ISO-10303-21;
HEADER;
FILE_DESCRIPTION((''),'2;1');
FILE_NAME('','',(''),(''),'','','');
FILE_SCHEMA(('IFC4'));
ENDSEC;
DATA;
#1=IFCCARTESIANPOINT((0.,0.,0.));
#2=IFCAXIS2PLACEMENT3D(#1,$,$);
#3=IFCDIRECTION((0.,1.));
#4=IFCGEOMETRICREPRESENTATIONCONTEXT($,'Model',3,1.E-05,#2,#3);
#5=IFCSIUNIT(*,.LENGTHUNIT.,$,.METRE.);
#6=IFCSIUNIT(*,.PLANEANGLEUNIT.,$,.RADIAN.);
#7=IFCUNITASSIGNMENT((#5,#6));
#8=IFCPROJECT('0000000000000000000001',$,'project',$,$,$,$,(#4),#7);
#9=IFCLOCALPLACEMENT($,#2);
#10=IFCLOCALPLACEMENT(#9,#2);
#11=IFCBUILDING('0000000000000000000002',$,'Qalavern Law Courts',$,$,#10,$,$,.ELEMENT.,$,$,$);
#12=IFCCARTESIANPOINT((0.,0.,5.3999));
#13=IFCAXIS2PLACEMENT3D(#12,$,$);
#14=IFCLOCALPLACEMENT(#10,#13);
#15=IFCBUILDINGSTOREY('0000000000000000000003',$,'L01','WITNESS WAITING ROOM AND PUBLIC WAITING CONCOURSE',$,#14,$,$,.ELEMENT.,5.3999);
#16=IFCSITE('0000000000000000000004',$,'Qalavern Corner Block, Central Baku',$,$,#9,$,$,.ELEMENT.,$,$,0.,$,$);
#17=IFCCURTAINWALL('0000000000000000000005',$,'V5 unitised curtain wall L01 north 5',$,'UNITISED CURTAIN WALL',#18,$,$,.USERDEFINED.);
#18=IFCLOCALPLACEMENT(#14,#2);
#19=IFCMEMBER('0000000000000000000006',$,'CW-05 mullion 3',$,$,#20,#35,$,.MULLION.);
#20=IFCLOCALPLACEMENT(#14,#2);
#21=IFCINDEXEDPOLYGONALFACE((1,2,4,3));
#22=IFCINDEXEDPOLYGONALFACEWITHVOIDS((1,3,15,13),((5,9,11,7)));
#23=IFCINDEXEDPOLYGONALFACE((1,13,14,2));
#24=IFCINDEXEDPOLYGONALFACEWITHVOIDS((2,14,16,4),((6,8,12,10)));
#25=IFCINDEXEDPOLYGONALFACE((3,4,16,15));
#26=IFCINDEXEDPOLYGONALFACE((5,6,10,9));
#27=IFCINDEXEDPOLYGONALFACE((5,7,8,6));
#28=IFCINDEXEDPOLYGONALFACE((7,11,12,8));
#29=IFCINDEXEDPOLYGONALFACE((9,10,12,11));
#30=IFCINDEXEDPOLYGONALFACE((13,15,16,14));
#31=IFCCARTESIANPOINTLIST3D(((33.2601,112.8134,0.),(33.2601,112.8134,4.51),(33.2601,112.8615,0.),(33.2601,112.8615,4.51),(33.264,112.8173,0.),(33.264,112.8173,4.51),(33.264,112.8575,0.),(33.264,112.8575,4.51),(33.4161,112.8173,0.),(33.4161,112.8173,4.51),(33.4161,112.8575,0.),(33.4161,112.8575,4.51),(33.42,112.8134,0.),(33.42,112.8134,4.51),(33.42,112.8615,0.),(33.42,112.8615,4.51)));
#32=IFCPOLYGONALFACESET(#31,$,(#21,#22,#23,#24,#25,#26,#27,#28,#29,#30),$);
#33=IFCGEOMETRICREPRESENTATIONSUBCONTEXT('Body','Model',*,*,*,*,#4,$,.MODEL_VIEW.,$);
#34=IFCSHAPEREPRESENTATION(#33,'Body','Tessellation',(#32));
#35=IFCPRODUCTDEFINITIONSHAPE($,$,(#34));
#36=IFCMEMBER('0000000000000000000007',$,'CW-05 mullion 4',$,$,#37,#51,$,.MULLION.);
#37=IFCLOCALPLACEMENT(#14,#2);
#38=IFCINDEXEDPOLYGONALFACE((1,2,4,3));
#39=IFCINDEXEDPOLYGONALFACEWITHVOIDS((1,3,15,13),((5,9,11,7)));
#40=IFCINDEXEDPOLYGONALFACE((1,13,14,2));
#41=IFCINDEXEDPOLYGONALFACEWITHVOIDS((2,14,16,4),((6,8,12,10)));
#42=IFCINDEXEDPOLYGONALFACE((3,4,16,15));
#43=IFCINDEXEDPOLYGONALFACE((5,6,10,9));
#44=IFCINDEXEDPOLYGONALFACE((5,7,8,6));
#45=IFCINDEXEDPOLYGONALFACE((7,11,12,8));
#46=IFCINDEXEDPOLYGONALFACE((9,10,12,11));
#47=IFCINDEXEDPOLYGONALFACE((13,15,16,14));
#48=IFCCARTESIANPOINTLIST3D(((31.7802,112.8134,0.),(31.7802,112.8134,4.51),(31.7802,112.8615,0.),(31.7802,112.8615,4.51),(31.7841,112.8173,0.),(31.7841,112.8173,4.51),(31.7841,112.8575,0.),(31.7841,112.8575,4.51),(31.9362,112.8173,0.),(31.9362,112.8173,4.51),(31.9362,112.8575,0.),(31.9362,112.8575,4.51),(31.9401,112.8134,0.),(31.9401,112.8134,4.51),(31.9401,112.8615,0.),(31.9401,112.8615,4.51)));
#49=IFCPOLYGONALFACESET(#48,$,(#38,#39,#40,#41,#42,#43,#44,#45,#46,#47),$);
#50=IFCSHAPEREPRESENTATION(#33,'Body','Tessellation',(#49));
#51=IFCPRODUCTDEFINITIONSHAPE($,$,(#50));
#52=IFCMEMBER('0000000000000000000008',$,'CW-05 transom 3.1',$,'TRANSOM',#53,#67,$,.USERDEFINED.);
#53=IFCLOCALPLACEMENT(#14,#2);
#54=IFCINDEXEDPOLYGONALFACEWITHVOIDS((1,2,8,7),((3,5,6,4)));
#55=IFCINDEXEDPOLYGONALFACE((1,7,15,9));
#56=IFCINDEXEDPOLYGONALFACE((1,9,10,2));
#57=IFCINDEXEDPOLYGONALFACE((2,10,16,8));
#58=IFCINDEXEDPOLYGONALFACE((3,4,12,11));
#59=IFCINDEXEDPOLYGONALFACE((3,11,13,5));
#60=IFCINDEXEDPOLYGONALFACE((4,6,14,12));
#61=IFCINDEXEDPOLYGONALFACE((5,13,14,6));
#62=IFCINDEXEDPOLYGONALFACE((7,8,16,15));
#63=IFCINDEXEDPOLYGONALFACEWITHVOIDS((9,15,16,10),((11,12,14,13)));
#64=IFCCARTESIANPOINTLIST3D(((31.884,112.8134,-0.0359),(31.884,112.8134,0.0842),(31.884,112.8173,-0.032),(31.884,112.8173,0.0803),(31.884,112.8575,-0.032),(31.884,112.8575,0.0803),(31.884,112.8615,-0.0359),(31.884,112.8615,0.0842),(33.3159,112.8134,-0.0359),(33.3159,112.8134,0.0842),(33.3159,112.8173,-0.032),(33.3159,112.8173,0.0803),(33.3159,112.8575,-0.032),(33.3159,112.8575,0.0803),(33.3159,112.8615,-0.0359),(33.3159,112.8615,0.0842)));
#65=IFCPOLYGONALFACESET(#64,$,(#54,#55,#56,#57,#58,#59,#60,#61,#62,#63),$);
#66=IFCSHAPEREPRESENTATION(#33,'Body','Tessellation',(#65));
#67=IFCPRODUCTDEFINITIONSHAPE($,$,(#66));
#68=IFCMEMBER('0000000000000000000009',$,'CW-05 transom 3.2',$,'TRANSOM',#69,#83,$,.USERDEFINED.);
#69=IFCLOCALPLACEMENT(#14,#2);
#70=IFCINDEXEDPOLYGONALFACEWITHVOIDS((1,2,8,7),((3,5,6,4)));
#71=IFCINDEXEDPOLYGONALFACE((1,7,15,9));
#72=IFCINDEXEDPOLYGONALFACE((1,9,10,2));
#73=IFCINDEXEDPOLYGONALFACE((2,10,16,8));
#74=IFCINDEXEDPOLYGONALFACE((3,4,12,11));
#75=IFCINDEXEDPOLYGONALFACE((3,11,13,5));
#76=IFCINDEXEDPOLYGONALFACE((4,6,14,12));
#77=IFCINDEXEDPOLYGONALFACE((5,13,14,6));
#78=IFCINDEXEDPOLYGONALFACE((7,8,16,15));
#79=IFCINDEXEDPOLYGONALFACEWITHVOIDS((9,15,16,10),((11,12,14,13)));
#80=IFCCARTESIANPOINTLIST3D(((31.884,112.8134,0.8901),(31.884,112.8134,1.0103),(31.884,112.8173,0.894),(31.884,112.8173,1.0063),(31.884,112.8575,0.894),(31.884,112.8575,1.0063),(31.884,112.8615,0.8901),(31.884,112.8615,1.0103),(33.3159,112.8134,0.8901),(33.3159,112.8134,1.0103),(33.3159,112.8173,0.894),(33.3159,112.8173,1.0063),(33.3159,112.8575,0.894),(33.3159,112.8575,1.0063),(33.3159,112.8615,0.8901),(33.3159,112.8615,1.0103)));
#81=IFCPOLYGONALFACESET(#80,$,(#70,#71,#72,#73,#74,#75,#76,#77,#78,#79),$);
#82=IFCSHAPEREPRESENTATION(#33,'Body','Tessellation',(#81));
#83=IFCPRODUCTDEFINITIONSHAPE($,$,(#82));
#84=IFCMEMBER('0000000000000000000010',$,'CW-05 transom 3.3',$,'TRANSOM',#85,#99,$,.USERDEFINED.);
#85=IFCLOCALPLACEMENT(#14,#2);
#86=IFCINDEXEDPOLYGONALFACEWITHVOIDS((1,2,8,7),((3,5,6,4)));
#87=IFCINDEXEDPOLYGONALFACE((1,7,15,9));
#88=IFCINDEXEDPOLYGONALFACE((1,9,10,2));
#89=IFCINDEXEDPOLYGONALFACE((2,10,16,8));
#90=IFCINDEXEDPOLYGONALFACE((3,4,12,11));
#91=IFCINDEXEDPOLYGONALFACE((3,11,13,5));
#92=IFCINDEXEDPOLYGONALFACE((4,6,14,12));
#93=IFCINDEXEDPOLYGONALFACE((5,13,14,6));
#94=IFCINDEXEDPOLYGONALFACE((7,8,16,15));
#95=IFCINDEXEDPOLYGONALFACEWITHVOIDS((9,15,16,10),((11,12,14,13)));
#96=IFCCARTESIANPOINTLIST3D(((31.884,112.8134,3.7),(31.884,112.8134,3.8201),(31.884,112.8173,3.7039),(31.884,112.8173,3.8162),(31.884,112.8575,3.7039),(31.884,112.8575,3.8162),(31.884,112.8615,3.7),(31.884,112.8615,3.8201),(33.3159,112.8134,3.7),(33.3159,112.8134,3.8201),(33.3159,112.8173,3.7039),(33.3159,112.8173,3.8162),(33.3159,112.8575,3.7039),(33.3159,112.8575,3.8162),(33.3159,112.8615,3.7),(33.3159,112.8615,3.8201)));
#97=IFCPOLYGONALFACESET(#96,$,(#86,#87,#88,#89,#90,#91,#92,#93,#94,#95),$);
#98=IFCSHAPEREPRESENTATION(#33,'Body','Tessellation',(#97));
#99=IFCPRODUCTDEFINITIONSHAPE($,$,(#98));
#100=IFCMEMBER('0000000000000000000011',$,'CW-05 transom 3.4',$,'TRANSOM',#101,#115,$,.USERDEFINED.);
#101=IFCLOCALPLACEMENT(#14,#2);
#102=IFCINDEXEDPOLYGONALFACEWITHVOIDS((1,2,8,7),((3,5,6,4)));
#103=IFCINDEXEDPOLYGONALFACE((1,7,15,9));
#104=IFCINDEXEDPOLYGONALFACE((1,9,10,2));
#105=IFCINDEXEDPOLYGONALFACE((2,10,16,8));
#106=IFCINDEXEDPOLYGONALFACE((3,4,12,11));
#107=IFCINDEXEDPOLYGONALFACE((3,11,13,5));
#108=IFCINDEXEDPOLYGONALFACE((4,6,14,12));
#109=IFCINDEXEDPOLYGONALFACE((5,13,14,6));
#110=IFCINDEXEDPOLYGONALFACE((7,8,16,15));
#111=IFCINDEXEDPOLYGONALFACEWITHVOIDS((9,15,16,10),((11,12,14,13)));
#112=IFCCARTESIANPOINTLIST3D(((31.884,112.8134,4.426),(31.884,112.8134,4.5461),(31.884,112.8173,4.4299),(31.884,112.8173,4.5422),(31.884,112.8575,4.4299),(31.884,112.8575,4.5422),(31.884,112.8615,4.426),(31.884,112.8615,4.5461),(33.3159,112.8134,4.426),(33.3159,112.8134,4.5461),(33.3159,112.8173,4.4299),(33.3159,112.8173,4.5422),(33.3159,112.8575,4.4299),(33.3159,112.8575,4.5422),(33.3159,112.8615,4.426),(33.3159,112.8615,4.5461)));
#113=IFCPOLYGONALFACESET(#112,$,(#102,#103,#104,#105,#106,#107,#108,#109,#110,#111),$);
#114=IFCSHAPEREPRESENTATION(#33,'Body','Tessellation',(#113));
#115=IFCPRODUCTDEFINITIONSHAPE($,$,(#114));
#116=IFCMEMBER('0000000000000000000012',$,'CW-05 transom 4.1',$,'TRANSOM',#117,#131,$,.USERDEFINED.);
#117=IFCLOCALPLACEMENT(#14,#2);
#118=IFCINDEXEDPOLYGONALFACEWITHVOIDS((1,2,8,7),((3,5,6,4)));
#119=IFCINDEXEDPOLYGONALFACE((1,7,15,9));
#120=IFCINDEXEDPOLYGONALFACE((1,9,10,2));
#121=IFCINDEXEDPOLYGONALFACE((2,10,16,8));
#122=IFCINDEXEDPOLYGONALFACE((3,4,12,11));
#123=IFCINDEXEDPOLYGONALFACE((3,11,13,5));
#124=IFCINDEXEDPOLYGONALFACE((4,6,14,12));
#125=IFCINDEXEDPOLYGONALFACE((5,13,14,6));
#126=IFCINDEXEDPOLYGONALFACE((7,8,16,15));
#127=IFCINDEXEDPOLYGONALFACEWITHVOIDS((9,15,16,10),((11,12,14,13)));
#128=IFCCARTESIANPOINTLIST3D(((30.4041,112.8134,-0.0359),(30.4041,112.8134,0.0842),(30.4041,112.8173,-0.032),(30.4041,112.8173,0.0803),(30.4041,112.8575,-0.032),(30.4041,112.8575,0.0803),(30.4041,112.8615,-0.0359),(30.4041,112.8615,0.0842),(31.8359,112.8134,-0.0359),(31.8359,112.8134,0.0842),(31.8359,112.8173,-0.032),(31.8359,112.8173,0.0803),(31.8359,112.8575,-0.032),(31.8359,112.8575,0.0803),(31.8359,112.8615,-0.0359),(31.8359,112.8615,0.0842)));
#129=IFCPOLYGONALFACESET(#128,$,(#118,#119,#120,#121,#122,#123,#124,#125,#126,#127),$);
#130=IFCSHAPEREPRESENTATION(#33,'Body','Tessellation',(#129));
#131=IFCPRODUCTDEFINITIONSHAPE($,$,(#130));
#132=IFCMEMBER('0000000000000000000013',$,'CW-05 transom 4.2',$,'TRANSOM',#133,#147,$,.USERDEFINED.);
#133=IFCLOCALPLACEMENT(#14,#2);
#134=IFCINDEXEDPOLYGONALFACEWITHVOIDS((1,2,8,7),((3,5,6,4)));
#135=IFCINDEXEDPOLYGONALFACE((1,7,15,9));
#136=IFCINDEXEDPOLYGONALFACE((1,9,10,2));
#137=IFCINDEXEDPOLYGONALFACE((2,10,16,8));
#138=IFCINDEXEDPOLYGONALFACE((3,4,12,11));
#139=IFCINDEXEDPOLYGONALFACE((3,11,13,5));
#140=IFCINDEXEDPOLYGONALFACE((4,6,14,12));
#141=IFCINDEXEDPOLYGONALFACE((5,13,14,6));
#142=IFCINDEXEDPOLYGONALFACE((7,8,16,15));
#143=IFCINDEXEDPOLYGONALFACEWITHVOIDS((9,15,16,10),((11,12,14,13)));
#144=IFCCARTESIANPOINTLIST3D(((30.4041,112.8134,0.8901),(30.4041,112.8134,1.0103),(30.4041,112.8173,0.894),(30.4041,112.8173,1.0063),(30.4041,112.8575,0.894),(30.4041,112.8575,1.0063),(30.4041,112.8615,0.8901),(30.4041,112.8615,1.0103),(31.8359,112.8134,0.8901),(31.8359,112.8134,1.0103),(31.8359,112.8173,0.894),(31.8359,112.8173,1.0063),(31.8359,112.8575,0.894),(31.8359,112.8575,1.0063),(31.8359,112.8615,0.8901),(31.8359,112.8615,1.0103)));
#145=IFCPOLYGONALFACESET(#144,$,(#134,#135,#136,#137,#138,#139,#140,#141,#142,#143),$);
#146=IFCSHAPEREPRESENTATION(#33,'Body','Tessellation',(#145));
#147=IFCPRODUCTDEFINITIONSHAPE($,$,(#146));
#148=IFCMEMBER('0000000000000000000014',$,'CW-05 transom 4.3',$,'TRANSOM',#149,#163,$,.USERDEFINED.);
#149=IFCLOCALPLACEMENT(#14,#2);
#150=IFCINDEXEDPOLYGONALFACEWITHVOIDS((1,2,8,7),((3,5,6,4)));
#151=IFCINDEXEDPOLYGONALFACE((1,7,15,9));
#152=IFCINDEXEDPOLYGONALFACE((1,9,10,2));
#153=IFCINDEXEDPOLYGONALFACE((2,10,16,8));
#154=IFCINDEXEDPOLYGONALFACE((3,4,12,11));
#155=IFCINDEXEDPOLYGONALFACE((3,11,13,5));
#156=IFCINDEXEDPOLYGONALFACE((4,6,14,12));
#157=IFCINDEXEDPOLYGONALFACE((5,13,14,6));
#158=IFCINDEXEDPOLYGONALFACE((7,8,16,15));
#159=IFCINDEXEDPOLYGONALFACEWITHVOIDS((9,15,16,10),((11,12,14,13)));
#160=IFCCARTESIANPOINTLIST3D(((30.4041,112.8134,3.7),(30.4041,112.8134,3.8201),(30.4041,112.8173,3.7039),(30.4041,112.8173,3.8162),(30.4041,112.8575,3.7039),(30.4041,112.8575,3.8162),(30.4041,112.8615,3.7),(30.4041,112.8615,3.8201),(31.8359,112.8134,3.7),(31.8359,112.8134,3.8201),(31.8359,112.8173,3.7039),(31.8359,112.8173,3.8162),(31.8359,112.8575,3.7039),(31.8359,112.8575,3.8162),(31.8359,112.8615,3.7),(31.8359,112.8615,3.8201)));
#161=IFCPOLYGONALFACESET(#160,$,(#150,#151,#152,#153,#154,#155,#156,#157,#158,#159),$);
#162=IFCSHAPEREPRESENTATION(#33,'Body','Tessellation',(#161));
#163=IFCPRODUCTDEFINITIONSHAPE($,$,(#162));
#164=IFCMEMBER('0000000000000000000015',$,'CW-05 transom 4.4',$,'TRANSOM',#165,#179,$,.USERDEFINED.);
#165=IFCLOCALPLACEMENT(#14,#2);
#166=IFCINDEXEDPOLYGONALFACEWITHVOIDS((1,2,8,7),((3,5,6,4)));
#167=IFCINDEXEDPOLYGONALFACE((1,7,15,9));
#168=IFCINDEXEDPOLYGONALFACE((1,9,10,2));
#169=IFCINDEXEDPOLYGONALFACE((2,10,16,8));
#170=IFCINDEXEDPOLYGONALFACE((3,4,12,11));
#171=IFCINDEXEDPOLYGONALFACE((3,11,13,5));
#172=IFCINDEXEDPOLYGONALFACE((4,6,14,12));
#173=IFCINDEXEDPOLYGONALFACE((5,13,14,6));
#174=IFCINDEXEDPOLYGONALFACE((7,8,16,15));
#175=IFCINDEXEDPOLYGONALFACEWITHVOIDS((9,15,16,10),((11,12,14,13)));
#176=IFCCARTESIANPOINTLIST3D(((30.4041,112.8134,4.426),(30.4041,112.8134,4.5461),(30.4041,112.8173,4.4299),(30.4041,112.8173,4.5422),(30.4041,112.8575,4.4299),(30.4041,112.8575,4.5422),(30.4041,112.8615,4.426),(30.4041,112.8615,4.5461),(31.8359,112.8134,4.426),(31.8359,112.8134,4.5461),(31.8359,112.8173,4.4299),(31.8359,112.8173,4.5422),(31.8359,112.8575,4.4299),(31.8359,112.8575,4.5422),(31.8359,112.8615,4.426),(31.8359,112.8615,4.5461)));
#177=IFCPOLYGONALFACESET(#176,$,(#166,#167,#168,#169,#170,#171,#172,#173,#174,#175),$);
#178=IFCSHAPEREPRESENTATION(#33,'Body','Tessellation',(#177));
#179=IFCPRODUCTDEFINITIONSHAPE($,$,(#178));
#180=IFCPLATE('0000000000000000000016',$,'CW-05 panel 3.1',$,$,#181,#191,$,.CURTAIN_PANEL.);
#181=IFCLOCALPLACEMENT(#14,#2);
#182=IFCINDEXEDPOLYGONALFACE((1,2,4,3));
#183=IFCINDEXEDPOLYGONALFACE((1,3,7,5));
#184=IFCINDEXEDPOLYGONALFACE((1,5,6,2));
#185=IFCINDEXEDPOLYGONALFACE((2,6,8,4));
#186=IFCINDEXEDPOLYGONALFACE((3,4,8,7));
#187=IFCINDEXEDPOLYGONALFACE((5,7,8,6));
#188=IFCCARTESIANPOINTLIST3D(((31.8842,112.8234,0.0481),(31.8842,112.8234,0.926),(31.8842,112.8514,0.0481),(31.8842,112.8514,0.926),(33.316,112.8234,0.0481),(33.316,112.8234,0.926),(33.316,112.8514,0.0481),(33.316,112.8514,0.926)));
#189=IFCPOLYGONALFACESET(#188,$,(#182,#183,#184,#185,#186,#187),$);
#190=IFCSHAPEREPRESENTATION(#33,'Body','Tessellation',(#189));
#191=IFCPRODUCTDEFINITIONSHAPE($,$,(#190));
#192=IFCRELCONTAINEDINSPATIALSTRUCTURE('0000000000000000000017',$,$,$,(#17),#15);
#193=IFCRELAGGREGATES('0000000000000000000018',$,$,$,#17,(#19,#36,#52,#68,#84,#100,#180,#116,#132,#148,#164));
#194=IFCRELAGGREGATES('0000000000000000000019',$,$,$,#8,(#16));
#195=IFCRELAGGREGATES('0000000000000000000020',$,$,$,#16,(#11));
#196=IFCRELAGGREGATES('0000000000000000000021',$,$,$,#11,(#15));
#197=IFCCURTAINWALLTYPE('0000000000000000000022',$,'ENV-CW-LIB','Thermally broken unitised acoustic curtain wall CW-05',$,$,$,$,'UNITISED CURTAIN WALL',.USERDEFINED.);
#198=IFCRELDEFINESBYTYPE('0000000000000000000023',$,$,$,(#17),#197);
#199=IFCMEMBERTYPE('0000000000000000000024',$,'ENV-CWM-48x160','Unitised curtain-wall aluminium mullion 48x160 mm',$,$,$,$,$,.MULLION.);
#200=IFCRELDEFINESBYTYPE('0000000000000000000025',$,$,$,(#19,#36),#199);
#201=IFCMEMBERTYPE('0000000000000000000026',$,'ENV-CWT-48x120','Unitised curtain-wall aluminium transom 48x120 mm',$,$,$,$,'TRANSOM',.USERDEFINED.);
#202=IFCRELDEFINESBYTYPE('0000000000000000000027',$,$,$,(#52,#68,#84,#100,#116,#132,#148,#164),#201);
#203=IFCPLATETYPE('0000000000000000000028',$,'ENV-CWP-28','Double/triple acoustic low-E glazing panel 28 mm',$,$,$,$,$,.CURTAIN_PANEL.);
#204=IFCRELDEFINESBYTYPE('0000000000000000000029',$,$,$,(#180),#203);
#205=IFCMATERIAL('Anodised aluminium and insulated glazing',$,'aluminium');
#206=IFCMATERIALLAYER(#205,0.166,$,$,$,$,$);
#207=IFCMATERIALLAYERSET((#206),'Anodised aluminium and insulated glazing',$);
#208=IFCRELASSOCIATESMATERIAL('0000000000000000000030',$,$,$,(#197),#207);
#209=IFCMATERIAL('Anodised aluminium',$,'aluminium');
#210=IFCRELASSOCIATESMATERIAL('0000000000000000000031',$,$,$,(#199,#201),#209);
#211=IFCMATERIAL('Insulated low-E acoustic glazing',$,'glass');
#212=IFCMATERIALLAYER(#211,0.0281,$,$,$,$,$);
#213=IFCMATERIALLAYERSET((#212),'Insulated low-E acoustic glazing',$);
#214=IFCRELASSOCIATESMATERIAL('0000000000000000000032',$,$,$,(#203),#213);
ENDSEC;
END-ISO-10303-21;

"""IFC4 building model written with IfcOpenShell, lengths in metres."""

from ifc_helpers import new_model, si_unit, direction, frame, origin, origin_2d, place, context, subcontext, project, spatial, rectangle, hollow_rectangle, extrude, material, layer, layer_set, material_profile, profile_set, type_object, element, aggregate, save


model = new_model("IFC4")

# Units and contexts
model_context = context("Model", 3, precision=1e-05, world=origin(), true_north=direction((0.0, 1.0)))
body_context = subcontext(model_context, "Body", "Model", "MODEL_VIEW")
ifc_project = project(units=[si_unit("LENGTHUNIT", "METRE"), si_unit("PLANEANGLEUNIT", "RADIAN")], contexts=[model_context])

# Site, building, storey
site_placement = place(None, origin())
site = spatial("IfcSite", under=ifc_project, at=site_placement, Name="Qalavern Corner Block, Central Baku", CompositionType="ELEMENT", RefElevation=0.0)
building_placement = place(site_placement, origin())
building = spatial("IfcBuilding", under=site, at=building_placement, Name="Qalavern Law Courts", CompositionType="ELEMENT")
storey_placement = place(building_placement, frame((0.0, 0.0, 5.3999)))
storey = spatial("IfcBuildingStorey", under=building, at=storey_placement, Name="L01", Description="WITNESS WAITING ROOM AND PUBLIC WAITING CONCOURSE", CompositionType="ELEMENT", Elevation=5.3999)

# Curtain wall, members, plate
ifc_material_1 = material(Name="Anodised aluminium and insulated glazing", Category="aluminium")
ifc_layer_1 = layer(ifc_material_1, 0.166)
ifc_layer_set_1 = layer_set([ifc_layer_1], Name="Anodised aluminium and insulated glazing")
curtain_wall_type = type_object("IfcCurtainWallType", Name="ENV-CW-LIB", Description="Thermally broken unitised acoustic curtain wall CW-05", ElementType="UNITISED CURTAIN WALL", PredefinedType="USERDEFINED", material=ifc_layer_set_1)
curtain_wall_placement = place(storey_placement, origin())
curtain_wall = element("IfcCurtainWall", 1, at=curtain_wall_placement, inside=storey, type_object=curtain_wall_type, Name="V5 unitised curtain wall L01 north 5", ObjectType="UNITISED CURTAIN WALL", PredefinedType="USERDEFINED")
ifc_material_2 = material(Name="Anodised aluminium", Category="aluminium")
ifc_material_profile_1 = material_profile(ifc_material_2, hollow_rectangle(XDim=0.0481, YDim=0.1599, WallThickness=0.0039, at=origin_2d()), Name="ALU MULLION 48x160")
ifc_profile_set_1 = profile_set([ifc_material_profile_1], Name="Anodised aluminium")
member_type_1 = type_object("IfcMemberType", Name="ENV-CWM-48x160", Description="Unitised curtain-wall aluminium mullion 48x160 mm", PredefinedType="MULLION", material=ifc_profile_set_1)
member_1_placement = place(storey_placement, frame((33.3401, 112.8374, 0.0), z_axis=(0.0, 0.0, 1.0), x_axis=(0.0, -1.0, 0.0)))
member_1 = element("IfcMember", 2, at=member_1_placement, type_object=member_type_1, Name="CW-05 mullion 3", PredefinedType="MULLION", context=body_context, shape_type="SweptSolid", body=[
    extrude(hollow_rectangle(XDim=0.0481, YDim=0.1599, WallThickness=0.0039, at=origin_2d()), origin(), (0.0, 0.0, 1.0), 4.51),
])
member_2_placement = place(storey_placement, frame((31.8601, 112.8374, 0.0), z_axis=(0.0, 0.0, 1.0), x_axis=(0.0, -1.0, 0.0)))
member_2 = element("IfcMember", 3, at=member_2_placement, type_object=member_type_1, Name="CW-05 mullion 4", PredefinedType="MULLION", context=body_context, shape_type="SweptSolid", body=[
    extrude(hollow_rectangle(XDim=0.0481, YDim=0.1599, WallThickness=0.0039, at=origin_2d()), origin(), (0.0, 0.0, 1.0), 4.51),
])
ifc_material_profile_2 = material_profile(ifc_material_2, hollow_rectangle(XDim=0.0481, YDim=0.1201, WallThickness=0.0039, at=origin_2d()), Name="ALU TRANSOM 48x120")
ifc_profile_set_2 = profile_set([ifc_material_profile_2], Name="Anodised aluminium")
member_type_2 = type_object("IfcMemberType", Name="ENV-CWT-48x120", Description="Unitised curtain-wall aluminium transom 48x120 mm", ElementType="TRANSOM", PredefinedType="USERDEFINED", material=ifc_profile_set_2)
member_3_placement = place(storey_placement, frame((33.3159, 112.8374, 0.0242), z_axis=(-1.0, 0.0, 0.0), x_axis=(0.0, -1.0, 0.0)))
member_3 = element("IfcMember", 4, at=member_3_placement, type_object=member_type_2, Name="CW-05 transom 3.1", ObjectType="TRANSOM", PredefinedType="USERDEFINED", context=body_context, shape_type="SweptSolid", body=[
    extrude(hollow_rectangle(XDim=0.0481, YDim=0.1201, WallThickness=0.0039, at=origin_2d()), origin(), (0.0, 0.0, 1.0), 1.4319),
])
member_4_placement = place(storey_placement, frame((33.3159, 112.8374, 0.9502), z_axis=(-1.0, 0.0, 0.0), x_axis=(0.0, -1.0, 0.0)))
member_4 = element("IfcMember", 5, at=member_4_placement, type_object=member_type_2, Name="CW-05 transom 3.2", ObjectType="TRANSOM", PredefinedType="USERDEFINED", context=body_context, shape_type="SweptSolid", body=[
    extrude(hollow_rectangle(XDim=0.0481, YDim=0.1201, WallThickness=0.0039, at=origin_2d()), origin(), (0.0, 0.0, 1.0), 1.4319),
])
member_5_placement = place(storey_placement, frame((33.3159, 112.8374, 3.76), z_axis=(-1.0, 0.0, 0.0), x_axis=(0.0, -1.0, 0.0)))
member_5 = element("IfcMember", 6, at=member_5_placement, type_object=member_type_2, Name="CW-05 transom 3.3", ObjectType="TRANSOM", PredefinedType="USERDEFINED", context=body_context, shape_type="SweptSolid", body=[
    extrude(hollow_rectangle(XDim=0.0481, YDim=0.1201, WallThickness=0.0039, at=origin_2d()), origin(), (0.0, 0.0, 1.0), 1.4319),
])
member_6_placement = place(storey_placement, frame((33.3159, 112.8374, 4.4861), z_axis=(-1.0, 0.0, 0.0), x_axis=(0.0, -1.0, 0.0)))
member_6 = element("IfcMember", 7, at=member_6_placement, type_object=member_type_2, Name="CW-05 transom 3.4", ObjectType="TRANSOM", PredefinedType="USERDEFINED", context=body_context, shape_type="SweptSolid", body=[
    extrude(hollow_rectangle(XDim=0.0481, YDim=0.1201, WallThickness=0.0039, at=origin_2d()), origin(), (0.0, 0.0, 1.0), 1.4319),
])
member_7_placement = place(storey_placement, frame((31.8359, 112.8374, 0.0242), z_axis=(-1.0, 0.0, 0.0), x_axis=(0.0, -1.0, 0.0)))
member_7 = element("IfcMember", 8, at=member_7_placement, type_object=member_type_2, Name="CW-05 transom 4.1", ObjectType="TRANSOM", PredefinedType="USERDEFINED", context=body_context, shape_type="SweptSolid", body=[
    extrude(hollow_rectangle(XDim=0.0481, YDim=0.1201, WallThickness=0.0039, at=origin_2d()), origin(), (0.0, 0.0, 1.0), 1.4319),
])
member_8_placement = place(storey_placement, frame((31.8359, 112.8374, 0.9502), z_axis=(-1.0, 0.0, 0.0), x_axis=(0.0, -1.0, 0.0)))
member_8 = element("IfcMember", 9, at=member_8_placement, type_object=member_type_2, Name="CW-05 transom 4.2", ObjectType="TRANSOM", PredefinedType="USERDEFINED", context=body_context, shape_type="SweptSolid", body=[
    extrude(hollow_rectangle(XDim=0.0481, YDim=0.1201, WallThickness=0.0039, at=origin_2d()), origin(), (0.0, 0.0, 1.0), 1.4319),
])
member_9_placement = place(storey_placement, frame((31.8359, 112.8374, 3.76), z_axis=(-1.0, 0.0, 0.0), x_axis=(0.0, -1.0, 0.0)))
member_9 = element("IfcMember", 10, at=member_9_placement, type_object=member_type_2, Name="CW-05 transom 4.3", ObjectType="TRANSOM", PredefinedType="USERDEFINED", context=body_context, shape_type="SweptSolid", body=[
    extrude(hollow_rectangle(XDim=0.0481, YDim=0.1201, WallThickness=0.0039, at=origin_2d()), origin(), (0.0, 0.0, 1.0), 1.4319),
])
member_10_placement = place(storey_placement, frame((31.8359, 112.8374, 4.4861), z_axis=(-1.0, 0.0, 0.0), x_axis=(0.0, -1.0, 0.0)))
member_10 = element("IfcMember", 11, at=member_10_placement, type_object=member_type_2, Name="CW-05 transom 4.4", ObjectType="TRANSOM", PredefinedType="USERDEFINED", context=body_context, shape_type="SweptSolid", body=[
    extrude(hollow_rectangle(XDim=0.0481, YDim=0.1201, WallThickness=0.0039, at=origin_2d()), origin(), (0.0, 0.0, 1.0), 1.4319),
])
ifc_material_3 = material(Name="Insulated low-E acoustic glazing", Category="glass")
ifc_layer_2 = layer(ifc_material_3, 0.0281)
ifc_layer_set_2 = layer_set([ifc_layer_2], Name="Insulated low-E acoustic glazing")
plate_type = type_object("IfcPlateType", Name="ENV-CWP-28", Description="Double/triple acoustic low-E glazing panel 28 mm", PredefinedType="CURTAIN_PANEL", material=ifc_layer_set_2)
plate_1_placement = place(storey_placement, frame((32.6001, 112.8374, 0.0481), z_axis=(0.0, 0.0, 1.0), x_axis=(-1.0, 0.0, 0.0)))
plate_1 = element("IfcPlate", 12, at=plate_1_placement, type_object=plate_type, Name="CW-05 panel 3.1", PredefinedType="CURTAIN_PANEL", context=body_context, shape_type="SweptSolid", body=[
    extrude(rectangle(XDim=1.4319, YDim=0.0281, at=origin_2d()), origin(), (0.0, 0.0, 1.0), 0.8779),
])
aggregate(curtain_wall, [member_1, member_2, member_3, member_4, member_5, member_6, plate_1, member_7, member_8, member_9, member_10])

save(model, "model.ifc")
